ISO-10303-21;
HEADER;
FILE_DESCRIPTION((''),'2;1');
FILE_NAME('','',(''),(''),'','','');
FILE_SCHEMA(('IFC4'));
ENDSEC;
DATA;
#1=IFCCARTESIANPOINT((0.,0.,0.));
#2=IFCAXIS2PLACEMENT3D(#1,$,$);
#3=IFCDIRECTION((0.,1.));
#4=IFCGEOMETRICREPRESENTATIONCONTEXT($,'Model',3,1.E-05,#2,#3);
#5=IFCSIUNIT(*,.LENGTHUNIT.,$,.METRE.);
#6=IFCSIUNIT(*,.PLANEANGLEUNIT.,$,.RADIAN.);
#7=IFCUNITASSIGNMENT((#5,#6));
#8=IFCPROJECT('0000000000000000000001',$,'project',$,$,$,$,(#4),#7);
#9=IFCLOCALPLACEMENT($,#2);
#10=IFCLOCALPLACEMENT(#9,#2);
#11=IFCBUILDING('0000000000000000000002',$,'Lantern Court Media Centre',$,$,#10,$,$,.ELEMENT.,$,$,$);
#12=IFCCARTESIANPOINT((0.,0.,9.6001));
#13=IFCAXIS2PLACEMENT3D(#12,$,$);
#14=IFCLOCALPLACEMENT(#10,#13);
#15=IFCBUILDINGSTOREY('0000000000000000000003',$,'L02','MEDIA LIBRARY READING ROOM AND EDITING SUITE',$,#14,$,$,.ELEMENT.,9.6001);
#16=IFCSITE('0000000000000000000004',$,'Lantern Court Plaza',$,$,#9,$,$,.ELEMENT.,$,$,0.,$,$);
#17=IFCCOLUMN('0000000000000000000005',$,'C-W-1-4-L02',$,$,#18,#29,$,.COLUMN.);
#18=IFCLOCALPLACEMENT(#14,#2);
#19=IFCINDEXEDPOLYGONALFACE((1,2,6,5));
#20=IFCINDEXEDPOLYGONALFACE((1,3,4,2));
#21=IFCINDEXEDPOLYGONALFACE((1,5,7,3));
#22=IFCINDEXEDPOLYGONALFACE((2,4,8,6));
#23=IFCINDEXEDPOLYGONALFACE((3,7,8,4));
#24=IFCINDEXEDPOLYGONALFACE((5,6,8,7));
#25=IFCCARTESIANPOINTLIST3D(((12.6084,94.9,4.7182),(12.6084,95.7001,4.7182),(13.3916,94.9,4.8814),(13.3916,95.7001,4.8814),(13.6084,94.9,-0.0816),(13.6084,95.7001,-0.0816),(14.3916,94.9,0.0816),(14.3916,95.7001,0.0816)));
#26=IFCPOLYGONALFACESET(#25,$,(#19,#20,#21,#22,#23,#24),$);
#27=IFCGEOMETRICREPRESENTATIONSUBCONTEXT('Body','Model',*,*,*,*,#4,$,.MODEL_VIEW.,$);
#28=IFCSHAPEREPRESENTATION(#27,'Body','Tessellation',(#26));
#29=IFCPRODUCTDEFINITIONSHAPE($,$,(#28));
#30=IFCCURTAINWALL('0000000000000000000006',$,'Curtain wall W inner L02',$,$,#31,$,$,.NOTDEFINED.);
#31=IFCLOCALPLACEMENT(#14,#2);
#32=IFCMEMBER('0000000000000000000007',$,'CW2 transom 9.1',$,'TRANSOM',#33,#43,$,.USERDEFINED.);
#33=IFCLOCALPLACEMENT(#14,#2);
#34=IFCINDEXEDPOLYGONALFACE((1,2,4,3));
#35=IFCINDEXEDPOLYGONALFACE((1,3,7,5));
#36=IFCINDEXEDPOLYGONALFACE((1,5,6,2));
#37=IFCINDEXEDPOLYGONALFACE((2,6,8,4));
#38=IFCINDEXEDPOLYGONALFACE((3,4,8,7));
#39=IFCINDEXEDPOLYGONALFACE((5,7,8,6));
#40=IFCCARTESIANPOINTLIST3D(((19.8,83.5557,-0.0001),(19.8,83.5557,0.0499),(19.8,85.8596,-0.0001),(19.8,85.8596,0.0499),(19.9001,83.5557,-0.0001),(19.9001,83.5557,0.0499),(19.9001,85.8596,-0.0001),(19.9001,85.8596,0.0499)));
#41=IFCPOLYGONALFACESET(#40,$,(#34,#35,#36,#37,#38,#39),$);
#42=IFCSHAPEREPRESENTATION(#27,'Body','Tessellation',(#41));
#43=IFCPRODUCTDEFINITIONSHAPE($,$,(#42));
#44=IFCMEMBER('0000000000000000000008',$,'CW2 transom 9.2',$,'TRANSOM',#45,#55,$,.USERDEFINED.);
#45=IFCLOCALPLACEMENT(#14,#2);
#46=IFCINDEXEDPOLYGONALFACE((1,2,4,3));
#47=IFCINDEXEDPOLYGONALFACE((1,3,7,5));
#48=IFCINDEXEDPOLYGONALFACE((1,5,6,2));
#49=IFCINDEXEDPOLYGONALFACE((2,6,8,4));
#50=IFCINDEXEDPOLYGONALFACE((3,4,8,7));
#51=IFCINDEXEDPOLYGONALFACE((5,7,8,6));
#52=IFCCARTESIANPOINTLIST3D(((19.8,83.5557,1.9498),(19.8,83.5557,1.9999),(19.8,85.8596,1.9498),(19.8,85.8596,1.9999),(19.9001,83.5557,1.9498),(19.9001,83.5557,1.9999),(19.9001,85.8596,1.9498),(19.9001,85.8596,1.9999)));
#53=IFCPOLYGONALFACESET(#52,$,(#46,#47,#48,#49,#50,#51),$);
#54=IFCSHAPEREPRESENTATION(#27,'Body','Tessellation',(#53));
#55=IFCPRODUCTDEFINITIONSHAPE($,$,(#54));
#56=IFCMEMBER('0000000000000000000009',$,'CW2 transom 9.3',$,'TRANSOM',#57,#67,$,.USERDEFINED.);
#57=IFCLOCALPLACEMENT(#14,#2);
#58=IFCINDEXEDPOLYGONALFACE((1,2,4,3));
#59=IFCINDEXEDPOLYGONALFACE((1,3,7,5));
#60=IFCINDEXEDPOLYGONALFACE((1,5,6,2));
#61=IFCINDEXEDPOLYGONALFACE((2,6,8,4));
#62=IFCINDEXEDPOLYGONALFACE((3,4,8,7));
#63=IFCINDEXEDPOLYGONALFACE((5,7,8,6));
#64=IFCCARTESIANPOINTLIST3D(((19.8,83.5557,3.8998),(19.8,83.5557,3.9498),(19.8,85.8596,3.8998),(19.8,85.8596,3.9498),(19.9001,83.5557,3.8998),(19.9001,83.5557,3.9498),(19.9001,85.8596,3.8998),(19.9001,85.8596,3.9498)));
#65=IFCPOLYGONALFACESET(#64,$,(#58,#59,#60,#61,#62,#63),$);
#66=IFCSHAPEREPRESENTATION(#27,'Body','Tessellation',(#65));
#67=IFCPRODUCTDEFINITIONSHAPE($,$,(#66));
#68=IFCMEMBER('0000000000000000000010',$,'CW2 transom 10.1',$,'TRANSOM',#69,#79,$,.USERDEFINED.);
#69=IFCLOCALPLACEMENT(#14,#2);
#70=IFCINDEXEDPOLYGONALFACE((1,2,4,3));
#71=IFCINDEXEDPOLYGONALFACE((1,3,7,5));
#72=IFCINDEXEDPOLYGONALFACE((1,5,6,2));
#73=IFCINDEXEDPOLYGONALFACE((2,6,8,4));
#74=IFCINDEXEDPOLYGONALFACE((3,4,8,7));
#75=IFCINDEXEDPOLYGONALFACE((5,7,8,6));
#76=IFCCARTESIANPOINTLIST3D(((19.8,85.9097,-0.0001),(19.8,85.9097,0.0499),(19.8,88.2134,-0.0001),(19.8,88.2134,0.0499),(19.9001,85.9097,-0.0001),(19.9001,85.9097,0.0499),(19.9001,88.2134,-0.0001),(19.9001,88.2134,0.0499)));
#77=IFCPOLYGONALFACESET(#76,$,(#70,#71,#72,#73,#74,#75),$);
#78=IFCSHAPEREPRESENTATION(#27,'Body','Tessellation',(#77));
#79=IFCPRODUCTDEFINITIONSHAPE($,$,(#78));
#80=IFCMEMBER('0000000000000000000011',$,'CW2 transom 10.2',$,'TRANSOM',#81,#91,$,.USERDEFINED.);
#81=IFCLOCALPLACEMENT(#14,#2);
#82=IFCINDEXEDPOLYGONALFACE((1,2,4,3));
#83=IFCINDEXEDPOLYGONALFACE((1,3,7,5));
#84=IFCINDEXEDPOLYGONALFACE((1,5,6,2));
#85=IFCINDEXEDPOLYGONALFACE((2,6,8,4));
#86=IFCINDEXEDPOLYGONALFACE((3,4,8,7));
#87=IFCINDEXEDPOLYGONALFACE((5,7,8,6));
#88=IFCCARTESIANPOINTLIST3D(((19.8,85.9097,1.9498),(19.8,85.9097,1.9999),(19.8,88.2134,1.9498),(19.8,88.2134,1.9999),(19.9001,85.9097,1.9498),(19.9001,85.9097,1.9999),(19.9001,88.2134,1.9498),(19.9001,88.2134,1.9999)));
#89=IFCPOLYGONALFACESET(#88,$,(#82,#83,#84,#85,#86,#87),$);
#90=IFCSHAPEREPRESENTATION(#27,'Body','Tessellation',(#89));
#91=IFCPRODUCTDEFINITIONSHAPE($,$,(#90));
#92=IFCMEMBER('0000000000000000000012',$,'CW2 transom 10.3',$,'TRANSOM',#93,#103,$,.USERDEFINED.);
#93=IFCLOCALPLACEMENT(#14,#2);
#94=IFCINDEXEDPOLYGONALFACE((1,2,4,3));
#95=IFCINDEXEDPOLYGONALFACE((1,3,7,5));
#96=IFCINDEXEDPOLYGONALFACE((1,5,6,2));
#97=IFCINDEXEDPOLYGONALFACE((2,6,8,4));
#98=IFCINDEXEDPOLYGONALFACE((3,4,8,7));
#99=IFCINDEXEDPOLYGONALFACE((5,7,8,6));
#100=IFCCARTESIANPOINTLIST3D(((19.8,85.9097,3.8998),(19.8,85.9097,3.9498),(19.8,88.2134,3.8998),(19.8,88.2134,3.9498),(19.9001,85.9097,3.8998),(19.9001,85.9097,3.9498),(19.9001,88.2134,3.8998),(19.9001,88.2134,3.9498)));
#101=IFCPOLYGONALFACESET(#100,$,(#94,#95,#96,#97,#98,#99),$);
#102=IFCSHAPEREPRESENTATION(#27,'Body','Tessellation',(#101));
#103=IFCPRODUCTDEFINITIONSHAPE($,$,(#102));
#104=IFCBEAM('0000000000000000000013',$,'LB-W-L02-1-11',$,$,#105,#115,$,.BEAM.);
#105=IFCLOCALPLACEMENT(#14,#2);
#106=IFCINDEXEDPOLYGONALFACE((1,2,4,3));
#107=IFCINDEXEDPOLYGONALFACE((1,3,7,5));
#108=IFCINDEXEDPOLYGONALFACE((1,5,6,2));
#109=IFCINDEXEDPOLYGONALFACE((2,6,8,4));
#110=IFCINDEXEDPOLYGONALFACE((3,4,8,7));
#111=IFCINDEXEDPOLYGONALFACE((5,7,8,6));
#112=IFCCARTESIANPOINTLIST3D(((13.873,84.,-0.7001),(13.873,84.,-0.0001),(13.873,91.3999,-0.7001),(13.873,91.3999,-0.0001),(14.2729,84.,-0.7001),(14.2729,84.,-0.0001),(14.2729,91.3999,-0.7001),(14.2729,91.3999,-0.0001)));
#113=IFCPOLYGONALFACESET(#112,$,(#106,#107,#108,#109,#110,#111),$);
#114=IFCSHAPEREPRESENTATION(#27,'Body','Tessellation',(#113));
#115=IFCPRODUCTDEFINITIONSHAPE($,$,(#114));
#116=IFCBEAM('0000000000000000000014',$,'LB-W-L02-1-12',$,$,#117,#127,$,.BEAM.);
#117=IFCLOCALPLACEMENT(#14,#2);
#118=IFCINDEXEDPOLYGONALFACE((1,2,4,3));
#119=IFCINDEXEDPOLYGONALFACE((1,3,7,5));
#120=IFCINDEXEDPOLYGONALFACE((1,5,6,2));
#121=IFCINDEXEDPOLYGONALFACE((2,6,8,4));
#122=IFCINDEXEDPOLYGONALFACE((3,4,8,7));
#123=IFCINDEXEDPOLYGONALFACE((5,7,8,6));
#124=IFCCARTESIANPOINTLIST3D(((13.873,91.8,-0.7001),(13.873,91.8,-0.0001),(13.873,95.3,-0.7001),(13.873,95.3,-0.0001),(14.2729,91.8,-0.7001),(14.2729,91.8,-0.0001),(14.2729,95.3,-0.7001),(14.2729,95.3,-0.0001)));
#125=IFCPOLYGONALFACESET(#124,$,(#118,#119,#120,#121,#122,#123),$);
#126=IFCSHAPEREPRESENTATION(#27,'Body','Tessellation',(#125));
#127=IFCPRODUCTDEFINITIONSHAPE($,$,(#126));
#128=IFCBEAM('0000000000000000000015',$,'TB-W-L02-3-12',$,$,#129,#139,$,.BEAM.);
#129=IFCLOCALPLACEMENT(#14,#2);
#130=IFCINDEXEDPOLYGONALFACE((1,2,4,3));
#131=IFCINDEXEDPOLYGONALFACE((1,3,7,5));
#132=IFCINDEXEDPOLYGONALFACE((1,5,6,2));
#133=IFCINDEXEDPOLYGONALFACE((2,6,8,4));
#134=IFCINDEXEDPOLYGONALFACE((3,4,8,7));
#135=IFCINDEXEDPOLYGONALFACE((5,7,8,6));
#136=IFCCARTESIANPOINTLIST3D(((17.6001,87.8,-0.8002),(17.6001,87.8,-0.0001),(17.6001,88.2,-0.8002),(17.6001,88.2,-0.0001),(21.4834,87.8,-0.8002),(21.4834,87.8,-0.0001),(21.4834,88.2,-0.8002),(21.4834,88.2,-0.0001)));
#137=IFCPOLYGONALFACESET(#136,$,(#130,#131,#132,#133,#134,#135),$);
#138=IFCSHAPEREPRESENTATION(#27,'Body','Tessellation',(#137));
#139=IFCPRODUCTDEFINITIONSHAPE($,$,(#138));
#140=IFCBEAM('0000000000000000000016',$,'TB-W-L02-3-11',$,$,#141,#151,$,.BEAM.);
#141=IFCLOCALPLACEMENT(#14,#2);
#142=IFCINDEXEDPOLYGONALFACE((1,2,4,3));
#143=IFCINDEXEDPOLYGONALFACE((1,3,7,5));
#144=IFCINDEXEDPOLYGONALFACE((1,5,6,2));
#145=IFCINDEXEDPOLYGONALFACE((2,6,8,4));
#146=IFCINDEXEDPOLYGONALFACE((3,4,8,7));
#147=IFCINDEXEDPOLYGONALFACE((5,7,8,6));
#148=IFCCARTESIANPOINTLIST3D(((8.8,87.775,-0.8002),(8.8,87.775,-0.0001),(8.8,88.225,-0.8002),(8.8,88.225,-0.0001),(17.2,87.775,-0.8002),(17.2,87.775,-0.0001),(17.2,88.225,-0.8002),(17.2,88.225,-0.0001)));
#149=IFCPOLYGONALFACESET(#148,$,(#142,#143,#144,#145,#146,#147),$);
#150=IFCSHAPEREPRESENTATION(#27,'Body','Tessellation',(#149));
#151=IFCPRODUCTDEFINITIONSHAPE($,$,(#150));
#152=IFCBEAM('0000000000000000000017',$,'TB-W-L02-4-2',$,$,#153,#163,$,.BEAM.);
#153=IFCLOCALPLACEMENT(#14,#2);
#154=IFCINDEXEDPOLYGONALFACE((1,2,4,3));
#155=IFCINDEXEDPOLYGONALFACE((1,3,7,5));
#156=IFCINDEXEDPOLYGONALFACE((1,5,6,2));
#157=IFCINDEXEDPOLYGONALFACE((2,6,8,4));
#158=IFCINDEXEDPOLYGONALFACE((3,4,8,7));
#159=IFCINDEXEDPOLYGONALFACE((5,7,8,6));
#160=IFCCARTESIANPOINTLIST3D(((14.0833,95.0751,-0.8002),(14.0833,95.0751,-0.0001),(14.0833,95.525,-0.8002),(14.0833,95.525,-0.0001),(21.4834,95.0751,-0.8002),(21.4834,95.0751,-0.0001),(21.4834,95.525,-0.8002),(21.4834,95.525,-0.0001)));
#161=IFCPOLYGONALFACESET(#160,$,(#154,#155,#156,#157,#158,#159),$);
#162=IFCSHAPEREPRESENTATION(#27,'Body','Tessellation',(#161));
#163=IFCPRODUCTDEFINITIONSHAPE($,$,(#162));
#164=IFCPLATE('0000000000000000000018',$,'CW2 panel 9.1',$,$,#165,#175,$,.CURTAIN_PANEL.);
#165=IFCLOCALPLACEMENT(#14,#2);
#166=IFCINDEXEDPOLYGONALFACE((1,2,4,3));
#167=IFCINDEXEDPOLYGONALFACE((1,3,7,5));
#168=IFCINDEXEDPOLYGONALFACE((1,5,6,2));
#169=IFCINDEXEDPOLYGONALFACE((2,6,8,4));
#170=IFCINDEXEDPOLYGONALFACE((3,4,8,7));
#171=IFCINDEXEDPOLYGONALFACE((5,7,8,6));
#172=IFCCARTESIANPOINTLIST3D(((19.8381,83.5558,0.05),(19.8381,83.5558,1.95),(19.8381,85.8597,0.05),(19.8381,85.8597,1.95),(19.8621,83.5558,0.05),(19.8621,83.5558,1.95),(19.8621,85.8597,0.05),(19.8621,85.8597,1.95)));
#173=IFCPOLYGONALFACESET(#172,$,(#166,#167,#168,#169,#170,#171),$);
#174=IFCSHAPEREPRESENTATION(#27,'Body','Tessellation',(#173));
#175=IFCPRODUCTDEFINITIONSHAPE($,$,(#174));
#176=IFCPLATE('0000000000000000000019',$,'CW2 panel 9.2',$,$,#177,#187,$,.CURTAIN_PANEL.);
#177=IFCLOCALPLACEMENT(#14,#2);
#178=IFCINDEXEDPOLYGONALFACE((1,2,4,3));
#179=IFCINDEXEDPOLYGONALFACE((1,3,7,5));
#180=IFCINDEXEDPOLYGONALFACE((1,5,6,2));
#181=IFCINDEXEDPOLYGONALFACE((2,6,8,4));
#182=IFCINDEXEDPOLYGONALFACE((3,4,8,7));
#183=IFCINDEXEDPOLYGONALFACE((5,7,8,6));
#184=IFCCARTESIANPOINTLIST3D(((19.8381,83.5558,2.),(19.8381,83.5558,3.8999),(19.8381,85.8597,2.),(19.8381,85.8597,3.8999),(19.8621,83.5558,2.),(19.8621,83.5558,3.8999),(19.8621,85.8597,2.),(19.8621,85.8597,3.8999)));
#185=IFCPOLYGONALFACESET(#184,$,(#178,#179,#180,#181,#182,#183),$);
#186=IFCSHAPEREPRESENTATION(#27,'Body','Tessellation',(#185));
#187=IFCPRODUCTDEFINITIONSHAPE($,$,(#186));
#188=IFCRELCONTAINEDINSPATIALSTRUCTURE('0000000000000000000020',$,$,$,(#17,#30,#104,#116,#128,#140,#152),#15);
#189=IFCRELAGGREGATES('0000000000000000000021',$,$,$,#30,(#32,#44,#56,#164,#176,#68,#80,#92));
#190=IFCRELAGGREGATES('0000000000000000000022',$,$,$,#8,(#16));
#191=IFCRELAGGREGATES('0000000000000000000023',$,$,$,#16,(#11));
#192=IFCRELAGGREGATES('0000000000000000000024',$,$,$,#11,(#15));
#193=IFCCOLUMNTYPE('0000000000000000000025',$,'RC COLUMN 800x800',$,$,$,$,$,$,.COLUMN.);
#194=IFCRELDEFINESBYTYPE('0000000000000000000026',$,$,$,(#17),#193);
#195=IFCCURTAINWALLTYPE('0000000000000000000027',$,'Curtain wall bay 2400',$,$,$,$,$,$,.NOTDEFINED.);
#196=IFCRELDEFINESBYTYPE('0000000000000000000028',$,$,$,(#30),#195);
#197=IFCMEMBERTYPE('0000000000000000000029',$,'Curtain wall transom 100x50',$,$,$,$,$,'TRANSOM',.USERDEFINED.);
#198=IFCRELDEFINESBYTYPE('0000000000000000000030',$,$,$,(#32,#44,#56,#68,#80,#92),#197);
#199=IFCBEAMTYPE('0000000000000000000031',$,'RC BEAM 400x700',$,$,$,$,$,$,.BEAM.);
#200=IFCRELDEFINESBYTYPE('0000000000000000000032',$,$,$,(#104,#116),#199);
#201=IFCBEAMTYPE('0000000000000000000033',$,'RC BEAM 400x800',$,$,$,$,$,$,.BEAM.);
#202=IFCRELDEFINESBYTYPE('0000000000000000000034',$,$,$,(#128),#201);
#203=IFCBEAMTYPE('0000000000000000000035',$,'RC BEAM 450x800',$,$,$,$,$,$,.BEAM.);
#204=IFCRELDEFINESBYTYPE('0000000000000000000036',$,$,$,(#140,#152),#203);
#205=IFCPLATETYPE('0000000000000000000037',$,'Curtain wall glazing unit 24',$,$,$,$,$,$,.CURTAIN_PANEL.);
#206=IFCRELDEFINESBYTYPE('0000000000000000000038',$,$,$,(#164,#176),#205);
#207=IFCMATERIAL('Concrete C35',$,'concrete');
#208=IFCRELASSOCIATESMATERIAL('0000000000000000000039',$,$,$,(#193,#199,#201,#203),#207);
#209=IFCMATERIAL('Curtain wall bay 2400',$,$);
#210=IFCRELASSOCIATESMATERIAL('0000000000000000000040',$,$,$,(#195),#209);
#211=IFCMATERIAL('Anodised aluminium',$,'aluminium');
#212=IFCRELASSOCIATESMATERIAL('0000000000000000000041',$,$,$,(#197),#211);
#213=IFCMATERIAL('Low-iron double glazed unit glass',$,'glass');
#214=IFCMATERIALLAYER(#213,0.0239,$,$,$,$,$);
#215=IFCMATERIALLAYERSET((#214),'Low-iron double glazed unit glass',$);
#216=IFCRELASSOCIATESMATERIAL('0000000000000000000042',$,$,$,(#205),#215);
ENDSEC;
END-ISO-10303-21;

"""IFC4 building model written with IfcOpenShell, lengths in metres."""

from ifc_helpers import new_model, si_unit, direction, frame, origin, origin_2d, place, context, subcontext, project, spatial, rectangle, extrude, material, layer, layer_set, material_profile, profile_set, type_object, element, aggregate, save


model = new_model("IFC4")

# Units and contexts
model_context = context("Model", 3, precision=1e-05, world=origin(), true_north=direction((0.0, 1.0)))
body_context = subcontext(model_context, "Body", "Model", "MODEL_VIEW")
ifc_project = project(units=[si_unit("LENGTHUNIT", "METRE"), si_unit("PLANEANGLEUNIT", "RADIAN")], contexts=[model_context])

# Site, building, storey
site_placement = place(None, origin())
site = spatial("IfcSite", under=ifc_project, at=site_placement, Name="Lantern Court Plaza", CompositionType="ELEMENT", RefElevation=0.0)
building_placement = place(site_placement, origin())
building = spatial("IfcBuilding", under=site, at=building_placement, Name="Lantern Court Media Centre", CompositionType="ELEMENT")
storey_placement = place(building_placement, frame((0.0, 0.0, 9.6001)))
storey = spatial("IfcBuildingStorey", under=building, at=storey_placement, Name="L02", Description="MEDIA LIBRARY READING ROOM AND EDITING SUITE", CompositionType="ELEMENT", Elevation=9.6001)

# Column
ifc_material_1 = material(Name="Concrete C35", Category="concrete")
ifc_material_profile_1 = material_profile(ifc_material_1, rectangle(XDim=0.8, YDim=0.8, at=origin_2d()), Name="RC 800x800")
ifc_profile_set_1 = profile_set([ifc_material_profile_1], Name="Concrete C35")
column_type = type_object("IfcColumnType", Name="RC COLUMN 800x800", PredefinedType="COLUMN", material=ifc_profile_set_1)
column_placement = place(storey_placement, frame((14.0, 95.3, 0.0), z_axis=(-0.203962, 0.0, 0.978979), x_axis=(0.0, -1.0, 0.0)))
element("IfcColumn", 1, at=column_placement, inside=storey, type_object=column_type, Name="C-W-1-4-L02", PredefinedType="COLUMN", context=body_context, shape_type="SweptSolid", body=[
    extrude(rectangle(XDim=0.8, YDim=0.8, at=origin_2d()), origin(), (0.0, 0.0, 1.0), 4.9028),
])

# Curtain wall, members
ifc_material_2 = material(Name="Curtain wall bay 2400")
curtain_wall_type = type_object("IfcCurtainWallType", Name="Curtain wall bay 2400", PredefinedType="NOTDEFINED", material=ifc_material_2)
curtain_wall_placement = place(storey_placement, origin())
curtain_wall = element("IfcCurtainWall", 2, at=curtain_wall_placement, inside=storey, type_object=curtain_wall_type, Name="Curtain wall W inner L02", PredefinedType="NOTDEFINED")
ifc_material_3 = material(Name="Anodised aluminium", Category="aluminium")
ifc_material_profile_2 = material_profile(ifc_material_3, rectangle(XDim=0.1001, YDim=0.05, at=origin_2d()), Name="AL 50x100")
ifc_profile_set_2 = profile_set([ifc_material_profile_2], Name="Anodised aluminium")
member_type = type_object("IfcMemberType", Name="Curtain wall transom 100x50", ElementType="TRANSOM", PredefinedType="USERDEFINED", material=ifc_profile_set_2)
member_1_placement = place(storey_placement, frame((19.8501, 83.5557, 0.0249), z_axis=(0.0, 1.0, 0.0), x_axis=(-1.0, 0.0, 0.0)))
member_1 = element("IfcMember", 3, at=member_1_placement, type_object=member_type, Name="CW2 transom 9.1", ObjectType="TRANSOM", PredefinedType="USERDEFINED", context=body_context, shape_type="SweptSolid", body=[
    extrude(rectangle(XDim=0.1001, YDim=0.05, at=origin_2d()), origin(), (0.0, 0.0, 1.0), 2.304),
])
member_2_placement = place(storey_placement, frame((19.8501, 83.5557, 1.9749), z_axis=(0.0, 1.0, 0.0), x_axis=(-1.0, 0.0, 0.0)))
member_2 = element("IfcMember", 4, at=member_2_placement, type_object=member_type, Name="CW2 transom 9.2", ObjectType="TRANSOM", PredefinedType="USERDEFINED", context=body_context, shape_type="SweptSolid", body=[
    extrude(rectangle(XDim=0.1001, YDim=0.05, at=origin_2d()), origin(), (0.0, 0.0, 1.0), 2.304),
])
member_3_placement = place(storey_placement, frame((19.8501, 83.5557, 3.9248), z_axis=(0.0, 1.0, 0.0), x_axis=(-1.0, 0.0, 0.0)))
member_3 = element("IfcMember", 5, at=member_3_placement, type_object=member_type, Name="CW2 transom 9.3", ObjectType="TRANSOM", PredefinedType="USERDEFINED", context=body_context, shape_type="SweptSolid", body=[
    extrude(rectangle(XDim=0.1001, YDim=0.05, at=origin_2d()), origin(), (0.0, 0.0, 1.0), 2.304),
])
member_4_placement = place(storey_placement, frame((19.8501, 85.9097, 0.0249), z_axis=(0.0, 1.0, 0.0), x_axis=(-1.0, 0.0, 0.0)))
member_4 = element("IfcMember", 6, at=member_4_placement, type_object=member_type, Name="CW2 transom 10.1", ObjectType="TRANSOM", PredefinedType="USERDEFINED", context=body_context, shape_type="SweptSolid", body=[
    extrude(rectangle(XDim=0.1001, YDim=0.05, at=origin_2d()), origin(), (0.0, 0.0, 1.0), 2.3037),
])
member_5_placement = place(storey_placement, frame((19.8501, 85.9097, 1.9749), z_axis=(0.0, 1.0, 0.0), x_axis=(-1.0, 0.0, 0.0)))
member_5 = element("IfcMember", 7, at=member_5_placement, type_object=member_type, Name="CW2 transom 10.2", ObjectType="TRANSOM", PredefinedType="USERDEFINED", context=body_context, shape_type="SweptSolid", body=[
    extrude(rectangle(XDim=0.1001, YDim=0.05, at=origin_2d()), origin(), (0.0, 0.0, 1.0), 2.3037),
])
member_6_placement = place(storey_placement, frame((19.8501, 85.9097, 3.9248), z_axis=(0.0, 1.0, 0.0), x_axis=(-1.0, 0.0, 0.0)))
member_6 = element("IfcMember", 8, at=member_6_placement, type_object=member_type, Name="CW2 transom 10.3", ObjectType="TRANSOM", PredefinedType="USERDEFINED", context=body_context, shape_type="SweptSolid", body=[
    extrude(rectangle(XDim=0.1001, YDim=0.05, at=origin_2d()), origin(), (0.0, 0.0, 1.0), 2.3037),
])

# Beams
ifc_material_profile_3 = material_profile(ifc_material_1, rectangle(XDim=0.3999, YDim=0.7, at=origin_2d()), Name="RC 400x700")
ifc_profile_set_3 = profile_set([ifc_material_profile_3], Name="Concrete C35")
beam_type_1 = type_object("IfcBeamType", Name="RC BEAM 400x700", PredefinedType="BEAM", material=ifc_profile_set_3)
beam_1_placement = place(storey_placement, frame((14.073, 84.0, -0.3501), z_axis=(0.0, 1.0, 0.0), x_axis=(-1.0, 0.0, 0.0)))
element("IfcBeam", 9, at=beam_1_placement, inside=storey, type_object=beam_type_1, Name="LB-W-L02-1-11", PredefinedType="BEAM", context=body_context, shape_type="SweptSolid", body=[
    extrude(rectangle(XDim=0.3999, YDim=0.7, at=origin_2d()), origin(), (0.0, 0.0, 1.0), 7.3999),
])
beam_2_placement = place(storey_placement, frame((14.073, 91.8, -0.3501), z_axis=(0.0, 1.0, 0.0), x_axis=(-1.0, 0.0, 0.0)))
element("IfcBeam", 10, at=beam_2_placement, inside=storey, type_object=beam_type_1, Name="LB-W-L02-1-12", PredefinedType="BEAM", context=body_context, shape_type="SweptSolid", body=[
    extrude(rectangle(XDim=0.3999, YDim=0.7, at=origin_2d()), origin(), (0.0, 0.0, 1.0), 3.5),
])
ifc_material_profile_4 = material_profile(ifc_material_1, rectangle(XDim=0.3999, YDim=0.8, at=origin_2d()), Name="RC 400x800")
ifc_profile_set_4 = profile_set([ifc_material_profile_4], Name="Concrete C35")
beam_type_2 = type_object("IfcBeamType", Name="RC BEAM 400x800", PredefinedType="BEAM", material=ifc_profile_set_4)
beam_3_placement = place(storey_placement, frame((17.6001, 88.0, -0.4001), z_axis=(1.0, 0.0, 0.0), x_axis=(0.0, 1.0, 0.0)))
element("IfcBeam", 11, at=beam_3_placement, inside=storey, type_object=beam_type_2, Name="TB-W-L02-3-12", PredefinedType="BEAM", context=body_context, shape_type="SweptSolid", body=[
    extrude(rectangle(XDim=0.3999, YDim=0.8, at=origin_2d()), origin(), (0.0, 0.0, 1.0), 3.8833),
])
ifc_material_profile_5 = material_profile(ifc_material_1, rectangle(XDim=0.45, YDim=0.8, at=origin_2d()), Name="RC 450x800")
ifc_profile_set_5 = profile_set([ifc_material_profile_5], Name="Concrete C35")
beam_type_3 = type_object("IfcBeamType", Name="RC BEAM 450x800", PredefinedType="BEAM", material=ifc_profile_set_5)
beam_4_placement = place(storey_placement, frame((8.8, 88.0, -0.4001), z_axis=(1.0, 0.0, 0.0), x_axis=(0.0, 1.0, 0.0)))
element("IfcBeam", 12, at=beam_4_placement, inside=storey, type_object=beam_type_3, Name="TB-W-L02-3-11", PredefinedType="BEAM", context=body_context, shape_type="SweptSolid", body=[
    extrude(rectangle(XDim=0.45, YDim=0.8, at=origin_2d()), origin(), (0.0, 0.0, 1.0), 8.3999),
])
beam_5_placement = place(storey_placement, frame((14.0833, 95.3, -0.4001), z_axis=(1.0, 0.0, 0.0), x_axis=(0.0, 1.0, 0.0)))
element("IfcBeam", 13, at=beam_5_placement, inside=storey, type_object=beam_type_3, Name="TB-W-L02-4-2", PredefinedType="BEAM", context=body_context, shape_type="SweptSolid", body=[
    extrude(rectangle(XDim=0.45, YDim=0.8, at=origin_2d()), origin(), (0.0, 0.0, 1.0), 7.4001),
])

# Plates
ifc_material_4 = material(Name="Low-iron double glazed unit glass", Category="glass")
ifc_layer_1 = layer(ifc_material_4, 0.0239)
ifc_layer_set_1 = layer_set([ifc_layer_1], Name="Low-iron double glazed unit glass")
plate_type = type_object("IfcPlateType", Name="Curtain wall glazing unit 24", PredefinedType="CURTAIN_PANEL", material=ifc_layer_set_1)
plate_1_placement = place(storey_placement, frame((19.8501, 84.7078, 0.05), z_axis=(0.0, 0.0, 1.0), x_axis=(0.0, 1.0, 0.0)))
plate_1 = element("IfcPlate", 14, at=plate_1_placement, type_object=plate_type, Name="CW2 panel 9.1", PredefinedType="CURTAIN_PANEL", context=body_context, shape_type="SweptSolid", body=[
    extrude(rectangle(XDim=2.304, YDim=0.0239, at=origin_2d()), origin(), (0.0, 0.0, 1.0), 1.8999),
])
plate_2_placement = place(storey_placement, frame((19.8501, 84.7078, 2.0), z_axis=(0.0, 0.0, 1.0), x_axis=(0.0, 1.0, 0.0)))
plate_2 = element("IfcPlate", 15, at=plate_2_placement, type_object=plate_type, Name="CW2 panel 9.2", PredefinedType="CURTAIN_PANEL", context=body_context, shape_type="SweptSolid", body=[
    extrude(rectangle(XDim=2.304, YDim=0.0239, at=origin_2d()), origin(), (0.0, 0.0, 1.0), 1.8999),
])
aggregate(curtain_wall, [member_1, member_2, member_3, plate_1, plate_2, member_4, member_5, member_6])

save(model, "model.ifc")
